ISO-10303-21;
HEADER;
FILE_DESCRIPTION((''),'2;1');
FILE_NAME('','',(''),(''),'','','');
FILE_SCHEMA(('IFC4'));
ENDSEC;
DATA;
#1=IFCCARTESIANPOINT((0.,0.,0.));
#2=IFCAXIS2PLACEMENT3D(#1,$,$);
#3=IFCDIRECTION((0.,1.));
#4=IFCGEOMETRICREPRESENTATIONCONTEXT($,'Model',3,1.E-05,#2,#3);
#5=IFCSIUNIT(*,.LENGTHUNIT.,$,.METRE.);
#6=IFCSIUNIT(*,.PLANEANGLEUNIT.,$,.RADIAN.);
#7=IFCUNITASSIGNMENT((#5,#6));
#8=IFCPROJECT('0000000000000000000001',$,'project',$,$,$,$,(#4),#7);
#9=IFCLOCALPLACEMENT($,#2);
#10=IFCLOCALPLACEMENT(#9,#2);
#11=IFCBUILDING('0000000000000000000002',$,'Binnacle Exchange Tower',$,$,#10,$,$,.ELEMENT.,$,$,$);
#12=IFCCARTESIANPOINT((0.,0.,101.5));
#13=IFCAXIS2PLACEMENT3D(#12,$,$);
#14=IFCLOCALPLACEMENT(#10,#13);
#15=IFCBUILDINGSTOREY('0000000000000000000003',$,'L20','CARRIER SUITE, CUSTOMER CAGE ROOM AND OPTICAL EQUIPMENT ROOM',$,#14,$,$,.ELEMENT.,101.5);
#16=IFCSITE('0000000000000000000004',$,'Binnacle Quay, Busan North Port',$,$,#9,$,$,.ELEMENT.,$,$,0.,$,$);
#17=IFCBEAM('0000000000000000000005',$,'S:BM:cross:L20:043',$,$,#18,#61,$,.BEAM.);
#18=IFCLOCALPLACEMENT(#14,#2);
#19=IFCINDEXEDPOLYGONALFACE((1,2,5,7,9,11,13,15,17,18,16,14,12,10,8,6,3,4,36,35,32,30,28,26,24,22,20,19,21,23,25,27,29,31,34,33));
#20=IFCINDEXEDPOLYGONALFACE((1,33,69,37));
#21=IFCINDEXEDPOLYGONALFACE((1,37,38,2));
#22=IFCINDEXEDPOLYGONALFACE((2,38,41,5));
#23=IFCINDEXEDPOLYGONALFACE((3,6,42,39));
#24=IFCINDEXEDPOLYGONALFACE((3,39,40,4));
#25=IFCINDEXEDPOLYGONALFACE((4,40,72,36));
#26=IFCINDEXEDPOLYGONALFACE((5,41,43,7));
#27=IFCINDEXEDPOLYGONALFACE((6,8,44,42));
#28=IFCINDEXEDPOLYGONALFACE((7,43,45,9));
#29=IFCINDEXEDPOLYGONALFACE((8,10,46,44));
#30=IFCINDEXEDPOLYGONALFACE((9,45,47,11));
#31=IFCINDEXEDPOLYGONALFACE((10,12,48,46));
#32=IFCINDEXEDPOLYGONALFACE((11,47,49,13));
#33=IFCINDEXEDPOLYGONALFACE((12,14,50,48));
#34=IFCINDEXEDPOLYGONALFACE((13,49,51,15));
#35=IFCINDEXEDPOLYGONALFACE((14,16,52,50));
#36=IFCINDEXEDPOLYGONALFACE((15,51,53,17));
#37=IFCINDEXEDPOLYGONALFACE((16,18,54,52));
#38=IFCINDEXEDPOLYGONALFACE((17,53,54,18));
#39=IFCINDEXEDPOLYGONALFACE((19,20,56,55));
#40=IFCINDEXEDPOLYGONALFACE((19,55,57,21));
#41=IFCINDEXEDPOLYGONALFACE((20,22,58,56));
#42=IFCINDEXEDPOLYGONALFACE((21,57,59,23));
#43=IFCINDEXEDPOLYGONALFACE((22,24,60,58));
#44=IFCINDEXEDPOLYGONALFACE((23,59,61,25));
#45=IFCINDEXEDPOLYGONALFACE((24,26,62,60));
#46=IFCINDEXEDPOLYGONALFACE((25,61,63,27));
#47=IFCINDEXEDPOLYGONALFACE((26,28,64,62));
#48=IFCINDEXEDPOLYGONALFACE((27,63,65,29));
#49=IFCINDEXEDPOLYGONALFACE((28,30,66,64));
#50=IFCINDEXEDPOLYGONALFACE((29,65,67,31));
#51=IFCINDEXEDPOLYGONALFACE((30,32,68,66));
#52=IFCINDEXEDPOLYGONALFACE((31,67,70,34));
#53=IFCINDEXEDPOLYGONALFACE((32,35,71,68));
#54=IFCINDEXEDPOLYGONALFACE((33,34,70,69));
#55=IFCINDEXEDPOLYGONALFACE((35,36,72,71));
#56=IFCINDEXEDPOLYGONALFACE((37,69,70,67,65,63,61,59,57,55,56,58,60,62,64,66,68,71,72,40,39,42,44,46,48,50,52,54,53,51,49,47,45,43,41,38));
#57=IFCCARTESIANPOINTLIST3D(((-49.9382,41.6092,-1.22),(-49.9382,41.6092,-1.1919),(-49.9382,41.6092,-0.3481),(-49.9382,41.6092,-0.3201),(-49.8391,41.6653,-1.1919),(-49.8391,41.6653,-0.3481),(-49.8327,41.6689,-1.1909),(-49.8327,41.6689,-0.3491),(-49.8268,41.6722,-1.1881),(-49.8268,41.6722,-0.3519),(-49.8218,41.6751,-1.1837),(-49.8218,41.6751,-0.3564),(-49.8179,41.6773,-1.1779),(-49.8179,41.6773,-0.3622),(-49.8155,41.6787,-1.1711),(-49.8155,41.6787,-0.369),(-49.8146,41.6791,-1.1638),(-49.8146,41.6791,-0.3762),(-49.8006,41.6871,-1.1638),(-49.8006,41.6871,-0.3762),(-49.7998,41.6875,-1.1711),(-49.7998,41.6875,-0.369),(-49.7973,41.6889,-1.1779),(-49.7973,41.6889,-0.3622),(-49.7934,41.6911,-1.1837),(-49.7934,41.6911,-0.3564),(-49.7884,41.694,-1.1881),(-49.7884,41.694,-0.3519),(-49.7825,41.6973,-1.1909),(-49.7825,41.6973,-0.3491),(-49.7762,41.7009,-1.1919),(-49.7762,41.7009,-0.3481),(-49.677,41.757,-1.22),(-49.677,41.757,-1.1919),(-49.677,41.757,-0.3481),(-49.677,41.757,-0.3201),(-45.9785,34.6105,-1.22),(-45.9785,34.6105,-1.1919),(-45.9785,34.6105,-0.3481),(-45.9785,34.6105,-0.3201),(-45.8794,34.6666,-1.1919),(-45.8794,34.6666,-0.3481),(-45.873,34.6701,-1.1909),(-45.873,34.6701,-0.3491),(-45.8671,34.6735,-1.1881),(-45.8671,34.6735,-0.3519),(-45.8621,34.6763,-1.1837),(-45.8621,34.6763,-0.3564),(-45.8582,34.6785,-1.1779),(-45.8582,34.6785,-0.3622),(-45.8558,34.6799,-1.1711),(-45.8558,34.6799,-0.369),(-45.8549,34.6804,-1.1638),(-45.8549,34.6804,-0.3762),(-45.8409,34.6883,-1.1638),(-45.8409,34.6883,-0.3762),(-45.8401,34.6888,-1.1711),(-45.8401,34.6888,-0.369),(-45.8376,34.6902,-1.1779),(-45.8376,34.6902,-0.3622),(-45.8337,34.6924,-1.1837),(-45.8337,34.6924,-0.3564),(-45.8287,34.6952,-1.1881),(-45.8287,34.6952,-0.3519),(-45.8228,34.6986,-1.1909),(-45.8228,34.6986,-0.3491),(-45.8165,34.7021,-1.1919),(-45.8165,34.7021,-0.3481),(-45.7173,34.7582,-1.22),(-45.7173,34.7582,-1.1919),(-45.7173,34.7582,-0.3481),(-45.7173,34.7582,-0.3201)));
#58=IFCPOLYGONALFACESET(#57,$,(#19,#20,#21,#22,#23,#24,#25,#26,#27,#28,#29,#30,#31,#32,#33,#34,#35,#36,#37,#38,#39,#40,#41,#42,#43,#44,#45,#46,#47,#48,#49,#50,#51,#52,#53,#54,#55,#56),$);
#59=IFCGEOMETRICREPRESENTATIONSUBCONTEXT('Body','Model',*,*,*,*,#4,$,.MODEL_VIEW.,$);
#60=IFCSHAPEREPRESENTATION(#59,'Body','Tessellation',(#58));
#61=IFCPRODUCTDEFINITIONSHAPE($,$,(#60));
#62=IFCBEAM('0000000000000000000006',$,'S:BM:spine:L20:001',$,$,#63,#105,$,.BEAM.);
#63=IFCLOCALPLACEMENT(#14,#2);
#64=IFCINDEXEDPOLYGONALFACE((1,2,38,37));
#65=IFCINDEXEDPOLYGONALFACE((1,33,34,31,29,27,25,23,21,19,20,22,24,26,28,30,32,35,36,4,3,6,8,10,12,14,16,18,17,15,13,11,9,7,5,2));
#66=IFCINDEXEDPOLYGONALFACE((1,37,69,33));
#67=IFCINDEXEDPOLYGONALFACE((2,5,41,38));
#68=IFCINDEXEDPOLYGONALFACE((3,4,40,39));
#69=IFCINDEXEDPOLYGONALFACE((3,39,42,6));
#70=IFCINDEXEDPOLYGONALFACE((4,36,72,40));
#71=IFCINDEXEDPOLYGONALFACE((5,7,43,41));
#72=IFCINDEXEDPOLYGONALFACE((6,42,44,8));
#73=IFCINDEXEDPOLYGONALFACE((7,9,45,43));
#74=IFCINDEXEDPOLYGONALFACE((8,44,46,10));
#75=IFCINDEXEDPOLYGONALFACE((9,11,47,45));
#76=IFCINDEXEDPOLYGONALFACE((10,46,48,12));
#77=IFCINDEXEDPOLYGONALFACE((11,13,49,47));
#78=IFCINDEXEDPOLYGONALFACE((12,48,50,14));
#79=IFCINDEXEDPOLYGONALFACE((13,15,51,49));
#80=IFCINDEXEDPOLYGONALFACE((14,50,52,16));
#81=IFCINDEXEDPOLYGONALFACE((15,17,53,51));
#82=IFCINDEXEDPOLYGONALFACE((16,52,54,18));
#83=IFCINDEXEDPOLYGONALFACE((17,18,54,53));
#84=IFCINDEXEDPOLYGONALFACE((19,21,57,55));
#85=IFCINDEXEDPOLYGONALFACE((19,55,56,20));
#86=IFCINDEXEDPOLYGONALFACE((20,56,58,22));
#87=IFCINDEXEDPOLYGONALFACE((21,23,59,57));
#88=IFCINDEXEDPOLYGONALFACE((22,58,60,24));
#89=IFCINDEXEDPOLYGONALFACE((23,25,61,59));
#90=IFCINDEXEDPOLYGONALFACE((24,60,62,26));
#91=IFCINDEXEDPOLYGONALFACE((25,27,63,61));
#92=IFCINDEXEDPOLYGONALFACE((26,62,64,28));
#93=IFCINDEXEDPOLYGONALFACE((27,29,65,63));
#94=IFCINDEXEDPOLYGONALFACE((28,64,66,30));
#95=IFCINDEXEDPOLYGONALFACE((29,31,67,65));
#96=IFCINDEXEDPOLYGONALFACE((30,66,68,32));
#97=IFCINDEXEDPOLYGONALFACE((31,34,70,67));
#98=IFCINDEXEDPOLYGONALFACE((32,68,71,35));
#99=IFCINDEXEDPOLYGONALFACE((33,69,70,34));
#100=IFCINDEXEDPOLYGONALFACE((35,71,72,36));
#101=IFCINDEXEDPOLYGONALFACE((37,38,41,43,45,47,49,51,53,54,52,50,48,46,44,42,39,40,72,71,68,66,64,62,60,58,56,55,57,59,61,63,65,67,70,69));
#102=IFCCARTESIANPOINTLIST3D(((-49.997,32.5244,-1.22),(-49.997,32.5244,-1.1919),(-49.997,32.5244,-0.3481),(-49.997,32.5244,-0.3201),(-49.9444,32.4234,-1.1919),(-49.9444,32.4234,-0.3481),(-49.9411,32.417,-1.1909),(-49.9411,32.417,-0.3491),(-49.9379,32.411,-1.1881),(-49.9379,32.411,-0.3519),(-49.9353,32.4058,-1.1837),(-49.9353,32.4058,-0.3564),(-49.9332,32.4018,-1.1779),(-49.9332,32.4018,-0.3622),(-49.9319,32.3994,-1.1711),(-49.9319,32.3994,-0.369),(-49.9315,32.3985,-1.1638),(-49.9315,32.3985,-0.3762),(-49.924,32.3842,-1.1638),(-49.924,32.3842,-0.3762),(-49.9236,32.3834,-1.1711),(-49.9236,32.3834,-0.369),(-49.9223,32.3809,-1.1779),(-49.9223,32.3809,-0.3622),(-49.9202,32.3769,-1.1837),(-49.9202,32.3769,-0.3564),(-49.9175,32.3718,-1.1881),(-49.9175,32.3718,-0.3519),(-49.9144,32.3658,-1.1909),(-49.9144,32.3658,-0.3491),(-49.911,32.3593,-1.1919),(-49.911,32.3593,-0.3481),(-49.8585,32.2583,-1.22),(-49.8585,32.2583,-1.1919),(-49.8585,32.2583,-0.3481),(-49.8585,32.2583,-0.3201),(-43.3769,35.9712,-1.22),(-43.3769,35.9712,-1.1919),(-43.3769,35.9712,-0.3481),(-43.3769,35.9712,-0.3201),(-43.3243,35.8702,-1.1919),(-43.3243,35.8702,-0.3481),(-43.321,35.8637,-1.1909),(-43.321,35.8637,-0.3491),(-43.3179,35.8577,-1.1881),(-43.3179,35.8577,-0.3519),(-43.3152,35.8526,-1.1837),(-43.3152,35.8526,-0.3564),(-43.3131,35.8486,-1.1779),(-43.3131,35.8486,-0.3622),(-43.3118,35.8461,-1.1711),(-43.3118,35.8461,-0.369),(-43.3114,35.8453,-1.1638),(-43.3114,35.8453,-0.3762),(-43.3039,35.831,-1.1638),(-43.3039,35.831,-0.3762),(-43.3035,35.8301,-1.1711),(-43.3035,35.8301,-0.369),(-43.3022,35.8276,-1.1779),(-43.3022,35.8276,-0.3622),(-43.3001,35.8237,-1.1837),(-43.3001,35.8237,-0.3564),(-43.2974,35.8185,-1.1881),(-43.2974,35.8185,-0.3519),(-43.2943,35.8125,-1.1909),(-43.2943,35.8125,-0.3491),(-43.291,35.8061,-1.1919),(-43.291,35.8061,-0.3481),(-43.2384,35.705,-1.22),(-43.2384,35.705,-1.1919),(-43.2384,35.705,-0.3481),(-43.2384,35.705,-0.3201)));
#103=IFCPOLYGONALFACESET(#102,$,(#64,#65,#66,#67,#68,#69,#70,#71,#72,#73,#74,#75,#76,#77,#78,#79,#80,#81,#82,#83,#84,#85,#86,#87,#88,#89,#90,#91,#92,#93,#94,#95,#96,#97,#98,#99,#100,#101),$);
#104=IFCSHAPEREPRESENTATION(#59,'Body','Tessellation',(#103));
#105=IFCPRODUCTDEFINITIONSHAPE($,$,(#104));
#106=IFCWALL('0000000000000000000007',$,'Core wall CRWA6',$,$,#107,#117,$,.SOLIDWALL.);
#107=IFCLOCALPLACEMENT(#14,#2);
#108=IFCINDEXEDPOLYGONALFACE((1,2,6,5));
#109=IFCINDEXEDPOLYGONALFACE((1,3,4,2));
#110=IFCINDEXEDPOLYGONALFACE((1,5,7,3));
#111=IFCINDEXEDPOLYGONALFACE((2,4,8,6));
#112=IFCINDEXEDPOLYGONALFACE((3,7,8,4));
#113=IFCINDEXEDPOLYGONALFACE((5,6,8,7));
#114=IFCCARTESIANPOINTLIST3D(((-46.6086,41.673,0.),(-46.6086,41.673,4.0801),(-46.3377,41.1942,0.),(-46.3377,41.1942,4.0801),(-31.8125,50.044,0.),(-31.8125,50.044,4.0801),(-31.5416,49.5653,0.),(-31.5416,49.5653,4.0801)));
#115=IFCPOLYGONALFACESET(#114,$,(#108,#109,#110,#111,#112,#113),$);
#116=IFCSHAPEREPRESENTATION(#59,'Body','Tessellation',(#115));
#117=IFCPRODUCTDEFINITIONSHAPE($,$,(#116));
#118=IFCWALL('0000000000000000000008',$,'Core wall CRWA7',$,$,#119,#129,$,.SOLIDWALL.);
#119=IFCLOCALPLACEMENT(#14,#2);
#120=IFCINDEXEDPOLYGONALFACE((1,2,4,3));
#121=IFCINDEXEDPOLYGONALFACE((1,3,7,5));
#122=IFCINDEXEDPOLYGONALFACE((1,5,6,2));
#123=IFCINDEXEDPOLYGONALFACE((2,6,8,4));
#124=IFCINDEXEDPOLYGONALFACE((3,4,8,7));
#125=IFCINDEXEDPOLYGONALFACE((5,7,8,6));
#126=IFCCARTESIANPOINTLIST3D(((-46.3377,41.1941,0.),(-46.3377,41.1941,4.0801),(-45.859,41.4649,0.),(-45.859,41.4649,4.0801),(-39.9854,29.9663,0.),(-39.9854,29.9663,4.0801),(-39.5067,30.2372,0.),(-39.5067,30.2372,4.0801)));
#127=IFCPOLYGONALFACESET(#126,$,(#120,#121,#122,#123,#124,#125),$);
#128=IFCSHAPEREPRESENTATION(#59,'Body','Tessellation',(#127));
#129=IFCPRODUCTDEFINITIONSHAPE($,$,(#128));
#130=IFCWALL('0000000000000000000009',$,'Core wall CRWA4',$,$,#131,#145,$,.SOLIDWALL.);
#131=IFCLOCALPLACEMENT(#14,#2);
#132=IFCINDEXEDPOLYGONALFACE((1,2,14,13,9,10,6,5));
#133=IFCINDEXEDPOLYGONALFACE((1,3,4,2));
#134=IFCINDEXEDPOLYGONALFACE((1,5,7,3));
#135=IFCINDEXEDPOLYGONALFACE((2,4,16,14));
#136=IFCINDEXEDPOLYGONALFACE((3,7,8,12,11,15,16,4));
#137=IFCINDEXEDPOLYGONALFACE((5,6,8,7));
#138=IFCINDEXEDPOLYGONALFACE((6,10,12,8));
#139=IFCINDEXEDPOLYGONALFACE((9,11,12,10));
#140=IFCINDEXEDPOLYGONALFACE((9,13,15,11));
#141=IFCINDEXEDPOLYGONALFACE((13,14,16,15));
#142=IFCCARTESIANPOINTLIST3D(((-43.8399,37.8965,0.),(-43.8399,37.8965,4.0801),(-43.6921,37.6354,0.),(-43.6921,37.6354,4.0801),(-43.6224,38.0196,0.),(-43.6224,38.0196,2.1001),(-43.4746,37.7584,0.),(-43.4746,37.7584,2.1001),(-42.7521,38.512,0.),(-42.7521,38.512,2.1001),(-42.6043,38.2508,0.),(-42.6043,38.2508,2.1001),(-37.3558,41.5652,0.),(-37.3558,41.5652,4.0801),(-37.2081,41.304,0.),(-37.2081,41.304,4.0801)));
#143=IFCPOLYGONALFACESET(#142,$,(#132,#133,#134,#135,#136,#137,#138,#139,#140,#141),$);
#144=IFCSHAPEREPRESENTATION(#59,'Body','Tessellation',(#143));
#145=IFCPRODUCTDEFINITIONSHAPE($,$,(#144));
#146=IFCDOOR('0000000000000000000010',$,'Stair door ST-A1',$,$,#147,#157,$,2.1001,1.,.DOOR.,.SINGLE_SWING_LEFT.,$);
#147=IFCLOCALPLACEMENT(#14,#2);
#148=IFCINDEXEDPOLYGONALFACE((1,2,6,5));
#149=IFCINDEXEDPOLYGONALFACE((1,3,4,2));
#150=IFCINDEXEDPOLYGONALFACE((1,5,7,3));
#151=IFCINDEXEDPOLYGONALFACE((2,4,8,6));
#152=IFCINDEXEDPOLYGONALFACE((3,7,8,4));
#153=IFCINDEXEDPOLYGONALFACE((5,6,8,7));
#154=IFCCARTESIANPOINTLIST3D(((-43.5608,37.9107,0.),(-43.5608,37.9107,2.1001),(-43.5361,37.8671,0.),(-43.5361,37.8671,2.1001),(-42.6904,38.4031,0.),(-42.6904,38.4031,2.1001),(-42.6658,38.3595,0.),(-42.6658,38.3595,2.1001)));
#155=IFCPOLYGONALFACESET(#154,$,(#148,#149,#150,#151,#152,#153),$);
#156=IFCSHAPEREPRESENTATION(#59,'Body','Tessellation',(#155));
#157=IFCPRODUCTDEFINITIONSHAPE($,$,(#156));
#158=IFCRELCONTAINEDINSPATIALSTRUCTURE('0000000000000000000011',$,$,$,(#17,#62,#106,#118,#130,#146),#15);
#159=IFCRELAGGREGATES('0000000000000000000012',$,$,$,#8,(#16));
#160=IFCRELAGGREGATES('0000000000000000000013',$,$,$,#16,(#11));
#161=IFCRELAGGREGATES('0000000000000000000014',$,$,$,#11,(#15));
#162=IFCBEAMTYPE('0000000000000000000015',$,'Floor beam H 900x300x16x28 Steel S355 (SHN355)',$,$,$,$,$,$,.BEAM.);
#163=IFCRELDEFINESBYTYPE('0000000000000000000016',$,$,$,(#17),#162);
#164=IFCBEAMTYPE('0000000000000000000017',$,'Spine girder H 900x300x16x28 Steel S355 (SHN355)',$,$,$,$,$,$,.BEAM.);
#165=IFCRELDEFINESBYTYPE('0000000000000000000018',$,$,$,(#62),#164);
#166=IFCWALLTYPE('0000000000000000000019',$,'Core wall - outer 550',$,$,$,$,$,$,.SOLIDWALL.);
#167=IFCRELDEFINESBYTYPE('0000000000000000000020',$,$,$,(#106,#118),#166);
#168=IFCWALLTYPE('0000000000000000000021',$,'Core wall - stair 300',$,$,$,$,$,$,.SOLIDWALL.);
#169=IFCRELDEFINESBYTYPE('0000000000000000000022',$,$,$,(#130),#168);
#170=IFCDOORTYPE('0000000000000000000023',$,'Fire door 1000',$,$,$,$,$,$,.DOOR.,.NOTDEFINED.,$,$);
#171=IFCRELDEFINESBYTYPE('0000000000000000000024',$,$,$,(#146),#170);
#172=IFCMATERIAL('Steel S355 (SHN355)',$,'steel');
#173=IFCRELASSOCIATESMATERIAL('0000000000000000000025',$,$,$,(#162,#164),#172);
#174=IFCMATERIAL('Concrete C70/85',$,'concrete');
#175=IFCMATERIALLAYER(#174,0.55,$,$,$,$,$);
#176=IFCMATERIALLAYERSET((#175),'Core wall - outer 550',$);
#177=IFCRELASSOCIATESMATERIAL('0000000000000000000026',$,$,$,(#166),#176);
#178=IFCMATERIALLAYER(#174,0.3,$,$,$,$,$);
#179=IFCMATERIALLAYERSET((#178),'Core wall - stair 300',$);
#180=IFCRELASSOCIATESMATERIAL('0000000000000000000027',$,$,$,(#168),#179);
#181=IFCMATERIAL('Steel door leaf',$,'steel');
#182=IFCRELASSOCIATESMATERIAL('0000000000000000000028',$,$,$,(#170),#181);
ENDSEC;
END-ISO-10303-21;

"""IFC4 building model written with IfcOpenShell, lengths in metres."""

from ifc_helpers import new_model, si_unit, direction, frame, frame_2d, origin, origin_2d, place, context, subcontext, project, spatial, rectangle, i_section, extrude, material, layer, layer_set, material_profile, profile_set, type_object, element, fill, save


model = new_model("IFC4")

# Units and contexts
model_context = context("Model", 3, precision=1e-05, world=origin(), true_north=direction((0.0, 1.0)))
body_context = subcontext(model_context, "Body", "Model", "MODEL_VIEW")
ifc_project = project(units=[si_unit("LENGTHUNIT", "METRE"), si_unit("PLANEANGLEUNIT", "RADIAN")], contexts=[model_context])

# Site, building, storey
site_placement = place(None, origin())
site = spatial("IfcSite", under=ifc_project, at=site_placement, Name="Binnacle Quay, Busan North Port", CompositionType="ELEMENT", RefElevation=0.0)
building_placement = place(site_placement, origin())
building = spatial("IfcBuilding", under=site, at=building_placement, Name="Binnacle Exchange Tower", CompositionType="ELEMENT")
storey_placement = place(building_placement, frame((0.0, 0.0, 101.5)))
storey = spatial("IfcBuildingStorey", under=building, at=storey_placement, Name="L20", Description="CARRIER SUITE, CUSTOMER CAGE ROOM AND OPTICAL EQUIPMENT ROOM", CompositionType="ELEMENT", Elevation=101.5)

# Shared definitions
ifc_material_1 = material(Name="Concrete C70/85", Category="concrete")

# Beams
ifc_material_2 = material(Name="Steel S355 (SHN355)", Category="steel")
ifc_material_profile_1 = material_profile(ifc_material_2, i_section(OverallWidth=0.3, OverallDepth=0.8999, WebThickness=0.0161, FlangeThickness=0.0281, FilletRadius=0.0281, at=origin_2d()), Name="H 900x300x16x28")
ifc_profile_set_1 = profile_set([ifc_material_profile_1], Name="Steel S355 (SHN355)")
beam_type_1 = type_object("IfcBeamType", Name="Floor beam H 900x300x16x28 Steel S355 (SHN355)", PredefinedType="BEAM", material=ifc_profile_set_1)
beam_1_placement = place(storey_placement, frame((-49.8076, 41.6831, -0.77), z_axis=(0.492423, -0.870356, 0.0), x_axis=(0.870356, 0.492423, 0.0)))
element("IfcBeam", 1, at=beam_1_placement, inside=storey, type_object=beam_type_1, Name="S:BM:cross:L20:043", PredefinedType="BEAM", context=body_context, shape_type="SweptSolid", body=[
    extrude(i_section(OverallWidth=0.3, OverallDepth=0.8999, WebThickness=0.0161, FlangeThickness=0.0281, FilletRadius=0.0281, at=origin_2d()), origin(), (0.0, 0.0, 1.0), 8.0413),
])
ifc_material_profile_2 = material_profile(ifc_material_2, i_section(OverallWidth=0.3, OverallDepth=0.8999, WebThickness=0.0161, FlangeThickness=0.0281, FilletRadius=0.0281, at=origin_2d()), Name="H 900x300x16x28")
ifc_profile_set_2 = profile_set([ifc_material_profile_2], Name="Steel S355 (SHN355)")
beam_type_2 = type_object("IfcBeamType", Name="Spine girder H 900x300x16x28 Steel S355 (SHN355)", PredefinedType="BEAM", material=ifc_profile_set_2)
beam_2_placement = place(storey_placement, frame((-49.9277, 32.3914, -0.77), z_axis=(0.88698, 0.461808, 0.0), x_axis=(-0.461808, 0.88698, 0.0)))
element("IfcBeam", 2, at=beam_2_placement, inside=storey, type_object=beam_type_2, Name="S:BM:spine:L20:001", PredefinedType="BEAM", context=body_context, shape_type="SweptSolid", body=[
    extrude(i_section(OverallWidth=0.3, OverallDepth=0.8999, WebThickness=0.0161, FlangeThickness=0.0281, FilletRadius=0.0281, at=origin_2d()), origin(), (0.0, 0.0, 1.0), 7.4636),
])

# Walls
ifc_layer_1 = layer(ifc_material_1, 0.55)
ifc_layer_set_1 = layer_set([ifc_layer_1], Name="Core wall - outer 550")
wall_type_1 = type_object("IfcWallType", Name="Core wall - outer 550", PredefinedType="SOLIDWALL", material=ifc_layer_set_1)
wall_1_placement = place(storey_placement, frame((-46.4731, 41.4336, 0.0), z_axis=(0.0, 0.0, 1.0), x_axis=(0.87036, 0.492416, 0.0)))
element("IfcWall", 3, at=wall_1_placement, inside=storey, type_object=wall_type_1, Name="Core wall CRWA6", PredefinedType="SOLIDWALL", context=body_context, shape_type="SweptSolid", body=[
    extrude(rectangle(XDim=17.0, YDim=0.55, at=frame_2d((8.5, 0.0))), origin(), (0.0, 0.0, 1.0), 4.0801),
])
wall_2_placement = place(storey_placement, frame((-46.0984, 41.3296, 0.0), z_axis=(0.0, 0.0, 1.0), x_axis=(0.492419, -0.870358, 0.0)))
element("IfcWall", 4, at=wall_2_placement, inside=storey, type_object=wall_type_1, Name="Core wall CRWA7", PredefinedType="SOLIDWALL", context=body_context, shape_type="SweptSolid", body=[
    extrude(rectangle(XDim=12.9001, YDim=0.55, at=frame_2d((6.4502, 0.0))), origin(), (0.0, 0.0, 1.0), 4.0801),
])

# Wall, opening, door
ifc_layer_2 = layer(ifc_material_1, 0.3)
ifc_layer_set_2 = layer_set([ifc_layer_2], Name="Core wall - stair 300")
wall_type_2 = type_object("IfcWallType", Name="Core wall - stair 300", PredefinedType="SOLIDWALL", material=ifc_layer_set_2)
wall_3_placement = place(storey_placement, frame((-43.7661, 37.7659, 0.0), z_axis=(0.0, 0.0, 1.0), x_axis=(0.870347, 0.492439, 0.0)))
wall_3 = element("IfcWall", 5, at=wall_3_placement, inside=storey, type_object=wall_type_2, Name="Core wall CRWA4", PredefinedType="SOLIDWALL", context=body_context, shape_type="SweptSolid", body=[
    extrude(rectangle(XDim=7.45, YDim=0.3, at=frame_2d((3.7251, 0.0))), origin(), (0.0, 0.0, 1.0), 4.0801),
])
opening_1_placement = place(wall_3_placement, frame((0.25, 0.0, 0.0)))
opening_1 = element("IfcOpeningElement", 6, at=opening_1_placement, cuts=wall_3, PredefinedType="OPENING", context=body_context, shape_type="SweptSolid", body=[
    extrude(rectangle(XDim=1.0, YDim=2.1001, at=frame_2d((0.5, 1.05))), frame((0.0, 0.1599, 0.0), z_axis=(0.0, -1.0, 0.0), x_axis=(1.0, 0.0, 0.0)), (0.0, 0.0, 1.0), 0.3201),
])
ifc_material_3 = material(Name="Steel door leaf", Category="steel")
door_type = type_object("IfcDoorType", Name="Fire door 1000", OperationType="NOTDEFINED", PredefinedType="DOOR", material=ifc_material_3)
door_placement = place(opening_1_placement, origin())
door = element("IfcDoor", 7, at=door_placement, inside=storey, type_object=door_type, Name="Stair door ST-A1", OperationType="SINGLE_SWING_LEFT", OverallHeight=2.1001, OverallWidth=1.0, PredefinedType="DOOR", context=body_context, shape_type="SweptSolid", body=[
    extrude(rectangle(XDim=1.0, YDim=2.1001, at=frame_2d((0.5, 1.05))), frame((0.0, 0.0249, 0.0), z_axis=(0.0, -1.0, 0.0), x_axis=(1.0, 0.0, 0.0)), (0.0, 0.0, 1.0), 0.05),
])
fill(opening_1, door)

save(model, "model.ifc")
